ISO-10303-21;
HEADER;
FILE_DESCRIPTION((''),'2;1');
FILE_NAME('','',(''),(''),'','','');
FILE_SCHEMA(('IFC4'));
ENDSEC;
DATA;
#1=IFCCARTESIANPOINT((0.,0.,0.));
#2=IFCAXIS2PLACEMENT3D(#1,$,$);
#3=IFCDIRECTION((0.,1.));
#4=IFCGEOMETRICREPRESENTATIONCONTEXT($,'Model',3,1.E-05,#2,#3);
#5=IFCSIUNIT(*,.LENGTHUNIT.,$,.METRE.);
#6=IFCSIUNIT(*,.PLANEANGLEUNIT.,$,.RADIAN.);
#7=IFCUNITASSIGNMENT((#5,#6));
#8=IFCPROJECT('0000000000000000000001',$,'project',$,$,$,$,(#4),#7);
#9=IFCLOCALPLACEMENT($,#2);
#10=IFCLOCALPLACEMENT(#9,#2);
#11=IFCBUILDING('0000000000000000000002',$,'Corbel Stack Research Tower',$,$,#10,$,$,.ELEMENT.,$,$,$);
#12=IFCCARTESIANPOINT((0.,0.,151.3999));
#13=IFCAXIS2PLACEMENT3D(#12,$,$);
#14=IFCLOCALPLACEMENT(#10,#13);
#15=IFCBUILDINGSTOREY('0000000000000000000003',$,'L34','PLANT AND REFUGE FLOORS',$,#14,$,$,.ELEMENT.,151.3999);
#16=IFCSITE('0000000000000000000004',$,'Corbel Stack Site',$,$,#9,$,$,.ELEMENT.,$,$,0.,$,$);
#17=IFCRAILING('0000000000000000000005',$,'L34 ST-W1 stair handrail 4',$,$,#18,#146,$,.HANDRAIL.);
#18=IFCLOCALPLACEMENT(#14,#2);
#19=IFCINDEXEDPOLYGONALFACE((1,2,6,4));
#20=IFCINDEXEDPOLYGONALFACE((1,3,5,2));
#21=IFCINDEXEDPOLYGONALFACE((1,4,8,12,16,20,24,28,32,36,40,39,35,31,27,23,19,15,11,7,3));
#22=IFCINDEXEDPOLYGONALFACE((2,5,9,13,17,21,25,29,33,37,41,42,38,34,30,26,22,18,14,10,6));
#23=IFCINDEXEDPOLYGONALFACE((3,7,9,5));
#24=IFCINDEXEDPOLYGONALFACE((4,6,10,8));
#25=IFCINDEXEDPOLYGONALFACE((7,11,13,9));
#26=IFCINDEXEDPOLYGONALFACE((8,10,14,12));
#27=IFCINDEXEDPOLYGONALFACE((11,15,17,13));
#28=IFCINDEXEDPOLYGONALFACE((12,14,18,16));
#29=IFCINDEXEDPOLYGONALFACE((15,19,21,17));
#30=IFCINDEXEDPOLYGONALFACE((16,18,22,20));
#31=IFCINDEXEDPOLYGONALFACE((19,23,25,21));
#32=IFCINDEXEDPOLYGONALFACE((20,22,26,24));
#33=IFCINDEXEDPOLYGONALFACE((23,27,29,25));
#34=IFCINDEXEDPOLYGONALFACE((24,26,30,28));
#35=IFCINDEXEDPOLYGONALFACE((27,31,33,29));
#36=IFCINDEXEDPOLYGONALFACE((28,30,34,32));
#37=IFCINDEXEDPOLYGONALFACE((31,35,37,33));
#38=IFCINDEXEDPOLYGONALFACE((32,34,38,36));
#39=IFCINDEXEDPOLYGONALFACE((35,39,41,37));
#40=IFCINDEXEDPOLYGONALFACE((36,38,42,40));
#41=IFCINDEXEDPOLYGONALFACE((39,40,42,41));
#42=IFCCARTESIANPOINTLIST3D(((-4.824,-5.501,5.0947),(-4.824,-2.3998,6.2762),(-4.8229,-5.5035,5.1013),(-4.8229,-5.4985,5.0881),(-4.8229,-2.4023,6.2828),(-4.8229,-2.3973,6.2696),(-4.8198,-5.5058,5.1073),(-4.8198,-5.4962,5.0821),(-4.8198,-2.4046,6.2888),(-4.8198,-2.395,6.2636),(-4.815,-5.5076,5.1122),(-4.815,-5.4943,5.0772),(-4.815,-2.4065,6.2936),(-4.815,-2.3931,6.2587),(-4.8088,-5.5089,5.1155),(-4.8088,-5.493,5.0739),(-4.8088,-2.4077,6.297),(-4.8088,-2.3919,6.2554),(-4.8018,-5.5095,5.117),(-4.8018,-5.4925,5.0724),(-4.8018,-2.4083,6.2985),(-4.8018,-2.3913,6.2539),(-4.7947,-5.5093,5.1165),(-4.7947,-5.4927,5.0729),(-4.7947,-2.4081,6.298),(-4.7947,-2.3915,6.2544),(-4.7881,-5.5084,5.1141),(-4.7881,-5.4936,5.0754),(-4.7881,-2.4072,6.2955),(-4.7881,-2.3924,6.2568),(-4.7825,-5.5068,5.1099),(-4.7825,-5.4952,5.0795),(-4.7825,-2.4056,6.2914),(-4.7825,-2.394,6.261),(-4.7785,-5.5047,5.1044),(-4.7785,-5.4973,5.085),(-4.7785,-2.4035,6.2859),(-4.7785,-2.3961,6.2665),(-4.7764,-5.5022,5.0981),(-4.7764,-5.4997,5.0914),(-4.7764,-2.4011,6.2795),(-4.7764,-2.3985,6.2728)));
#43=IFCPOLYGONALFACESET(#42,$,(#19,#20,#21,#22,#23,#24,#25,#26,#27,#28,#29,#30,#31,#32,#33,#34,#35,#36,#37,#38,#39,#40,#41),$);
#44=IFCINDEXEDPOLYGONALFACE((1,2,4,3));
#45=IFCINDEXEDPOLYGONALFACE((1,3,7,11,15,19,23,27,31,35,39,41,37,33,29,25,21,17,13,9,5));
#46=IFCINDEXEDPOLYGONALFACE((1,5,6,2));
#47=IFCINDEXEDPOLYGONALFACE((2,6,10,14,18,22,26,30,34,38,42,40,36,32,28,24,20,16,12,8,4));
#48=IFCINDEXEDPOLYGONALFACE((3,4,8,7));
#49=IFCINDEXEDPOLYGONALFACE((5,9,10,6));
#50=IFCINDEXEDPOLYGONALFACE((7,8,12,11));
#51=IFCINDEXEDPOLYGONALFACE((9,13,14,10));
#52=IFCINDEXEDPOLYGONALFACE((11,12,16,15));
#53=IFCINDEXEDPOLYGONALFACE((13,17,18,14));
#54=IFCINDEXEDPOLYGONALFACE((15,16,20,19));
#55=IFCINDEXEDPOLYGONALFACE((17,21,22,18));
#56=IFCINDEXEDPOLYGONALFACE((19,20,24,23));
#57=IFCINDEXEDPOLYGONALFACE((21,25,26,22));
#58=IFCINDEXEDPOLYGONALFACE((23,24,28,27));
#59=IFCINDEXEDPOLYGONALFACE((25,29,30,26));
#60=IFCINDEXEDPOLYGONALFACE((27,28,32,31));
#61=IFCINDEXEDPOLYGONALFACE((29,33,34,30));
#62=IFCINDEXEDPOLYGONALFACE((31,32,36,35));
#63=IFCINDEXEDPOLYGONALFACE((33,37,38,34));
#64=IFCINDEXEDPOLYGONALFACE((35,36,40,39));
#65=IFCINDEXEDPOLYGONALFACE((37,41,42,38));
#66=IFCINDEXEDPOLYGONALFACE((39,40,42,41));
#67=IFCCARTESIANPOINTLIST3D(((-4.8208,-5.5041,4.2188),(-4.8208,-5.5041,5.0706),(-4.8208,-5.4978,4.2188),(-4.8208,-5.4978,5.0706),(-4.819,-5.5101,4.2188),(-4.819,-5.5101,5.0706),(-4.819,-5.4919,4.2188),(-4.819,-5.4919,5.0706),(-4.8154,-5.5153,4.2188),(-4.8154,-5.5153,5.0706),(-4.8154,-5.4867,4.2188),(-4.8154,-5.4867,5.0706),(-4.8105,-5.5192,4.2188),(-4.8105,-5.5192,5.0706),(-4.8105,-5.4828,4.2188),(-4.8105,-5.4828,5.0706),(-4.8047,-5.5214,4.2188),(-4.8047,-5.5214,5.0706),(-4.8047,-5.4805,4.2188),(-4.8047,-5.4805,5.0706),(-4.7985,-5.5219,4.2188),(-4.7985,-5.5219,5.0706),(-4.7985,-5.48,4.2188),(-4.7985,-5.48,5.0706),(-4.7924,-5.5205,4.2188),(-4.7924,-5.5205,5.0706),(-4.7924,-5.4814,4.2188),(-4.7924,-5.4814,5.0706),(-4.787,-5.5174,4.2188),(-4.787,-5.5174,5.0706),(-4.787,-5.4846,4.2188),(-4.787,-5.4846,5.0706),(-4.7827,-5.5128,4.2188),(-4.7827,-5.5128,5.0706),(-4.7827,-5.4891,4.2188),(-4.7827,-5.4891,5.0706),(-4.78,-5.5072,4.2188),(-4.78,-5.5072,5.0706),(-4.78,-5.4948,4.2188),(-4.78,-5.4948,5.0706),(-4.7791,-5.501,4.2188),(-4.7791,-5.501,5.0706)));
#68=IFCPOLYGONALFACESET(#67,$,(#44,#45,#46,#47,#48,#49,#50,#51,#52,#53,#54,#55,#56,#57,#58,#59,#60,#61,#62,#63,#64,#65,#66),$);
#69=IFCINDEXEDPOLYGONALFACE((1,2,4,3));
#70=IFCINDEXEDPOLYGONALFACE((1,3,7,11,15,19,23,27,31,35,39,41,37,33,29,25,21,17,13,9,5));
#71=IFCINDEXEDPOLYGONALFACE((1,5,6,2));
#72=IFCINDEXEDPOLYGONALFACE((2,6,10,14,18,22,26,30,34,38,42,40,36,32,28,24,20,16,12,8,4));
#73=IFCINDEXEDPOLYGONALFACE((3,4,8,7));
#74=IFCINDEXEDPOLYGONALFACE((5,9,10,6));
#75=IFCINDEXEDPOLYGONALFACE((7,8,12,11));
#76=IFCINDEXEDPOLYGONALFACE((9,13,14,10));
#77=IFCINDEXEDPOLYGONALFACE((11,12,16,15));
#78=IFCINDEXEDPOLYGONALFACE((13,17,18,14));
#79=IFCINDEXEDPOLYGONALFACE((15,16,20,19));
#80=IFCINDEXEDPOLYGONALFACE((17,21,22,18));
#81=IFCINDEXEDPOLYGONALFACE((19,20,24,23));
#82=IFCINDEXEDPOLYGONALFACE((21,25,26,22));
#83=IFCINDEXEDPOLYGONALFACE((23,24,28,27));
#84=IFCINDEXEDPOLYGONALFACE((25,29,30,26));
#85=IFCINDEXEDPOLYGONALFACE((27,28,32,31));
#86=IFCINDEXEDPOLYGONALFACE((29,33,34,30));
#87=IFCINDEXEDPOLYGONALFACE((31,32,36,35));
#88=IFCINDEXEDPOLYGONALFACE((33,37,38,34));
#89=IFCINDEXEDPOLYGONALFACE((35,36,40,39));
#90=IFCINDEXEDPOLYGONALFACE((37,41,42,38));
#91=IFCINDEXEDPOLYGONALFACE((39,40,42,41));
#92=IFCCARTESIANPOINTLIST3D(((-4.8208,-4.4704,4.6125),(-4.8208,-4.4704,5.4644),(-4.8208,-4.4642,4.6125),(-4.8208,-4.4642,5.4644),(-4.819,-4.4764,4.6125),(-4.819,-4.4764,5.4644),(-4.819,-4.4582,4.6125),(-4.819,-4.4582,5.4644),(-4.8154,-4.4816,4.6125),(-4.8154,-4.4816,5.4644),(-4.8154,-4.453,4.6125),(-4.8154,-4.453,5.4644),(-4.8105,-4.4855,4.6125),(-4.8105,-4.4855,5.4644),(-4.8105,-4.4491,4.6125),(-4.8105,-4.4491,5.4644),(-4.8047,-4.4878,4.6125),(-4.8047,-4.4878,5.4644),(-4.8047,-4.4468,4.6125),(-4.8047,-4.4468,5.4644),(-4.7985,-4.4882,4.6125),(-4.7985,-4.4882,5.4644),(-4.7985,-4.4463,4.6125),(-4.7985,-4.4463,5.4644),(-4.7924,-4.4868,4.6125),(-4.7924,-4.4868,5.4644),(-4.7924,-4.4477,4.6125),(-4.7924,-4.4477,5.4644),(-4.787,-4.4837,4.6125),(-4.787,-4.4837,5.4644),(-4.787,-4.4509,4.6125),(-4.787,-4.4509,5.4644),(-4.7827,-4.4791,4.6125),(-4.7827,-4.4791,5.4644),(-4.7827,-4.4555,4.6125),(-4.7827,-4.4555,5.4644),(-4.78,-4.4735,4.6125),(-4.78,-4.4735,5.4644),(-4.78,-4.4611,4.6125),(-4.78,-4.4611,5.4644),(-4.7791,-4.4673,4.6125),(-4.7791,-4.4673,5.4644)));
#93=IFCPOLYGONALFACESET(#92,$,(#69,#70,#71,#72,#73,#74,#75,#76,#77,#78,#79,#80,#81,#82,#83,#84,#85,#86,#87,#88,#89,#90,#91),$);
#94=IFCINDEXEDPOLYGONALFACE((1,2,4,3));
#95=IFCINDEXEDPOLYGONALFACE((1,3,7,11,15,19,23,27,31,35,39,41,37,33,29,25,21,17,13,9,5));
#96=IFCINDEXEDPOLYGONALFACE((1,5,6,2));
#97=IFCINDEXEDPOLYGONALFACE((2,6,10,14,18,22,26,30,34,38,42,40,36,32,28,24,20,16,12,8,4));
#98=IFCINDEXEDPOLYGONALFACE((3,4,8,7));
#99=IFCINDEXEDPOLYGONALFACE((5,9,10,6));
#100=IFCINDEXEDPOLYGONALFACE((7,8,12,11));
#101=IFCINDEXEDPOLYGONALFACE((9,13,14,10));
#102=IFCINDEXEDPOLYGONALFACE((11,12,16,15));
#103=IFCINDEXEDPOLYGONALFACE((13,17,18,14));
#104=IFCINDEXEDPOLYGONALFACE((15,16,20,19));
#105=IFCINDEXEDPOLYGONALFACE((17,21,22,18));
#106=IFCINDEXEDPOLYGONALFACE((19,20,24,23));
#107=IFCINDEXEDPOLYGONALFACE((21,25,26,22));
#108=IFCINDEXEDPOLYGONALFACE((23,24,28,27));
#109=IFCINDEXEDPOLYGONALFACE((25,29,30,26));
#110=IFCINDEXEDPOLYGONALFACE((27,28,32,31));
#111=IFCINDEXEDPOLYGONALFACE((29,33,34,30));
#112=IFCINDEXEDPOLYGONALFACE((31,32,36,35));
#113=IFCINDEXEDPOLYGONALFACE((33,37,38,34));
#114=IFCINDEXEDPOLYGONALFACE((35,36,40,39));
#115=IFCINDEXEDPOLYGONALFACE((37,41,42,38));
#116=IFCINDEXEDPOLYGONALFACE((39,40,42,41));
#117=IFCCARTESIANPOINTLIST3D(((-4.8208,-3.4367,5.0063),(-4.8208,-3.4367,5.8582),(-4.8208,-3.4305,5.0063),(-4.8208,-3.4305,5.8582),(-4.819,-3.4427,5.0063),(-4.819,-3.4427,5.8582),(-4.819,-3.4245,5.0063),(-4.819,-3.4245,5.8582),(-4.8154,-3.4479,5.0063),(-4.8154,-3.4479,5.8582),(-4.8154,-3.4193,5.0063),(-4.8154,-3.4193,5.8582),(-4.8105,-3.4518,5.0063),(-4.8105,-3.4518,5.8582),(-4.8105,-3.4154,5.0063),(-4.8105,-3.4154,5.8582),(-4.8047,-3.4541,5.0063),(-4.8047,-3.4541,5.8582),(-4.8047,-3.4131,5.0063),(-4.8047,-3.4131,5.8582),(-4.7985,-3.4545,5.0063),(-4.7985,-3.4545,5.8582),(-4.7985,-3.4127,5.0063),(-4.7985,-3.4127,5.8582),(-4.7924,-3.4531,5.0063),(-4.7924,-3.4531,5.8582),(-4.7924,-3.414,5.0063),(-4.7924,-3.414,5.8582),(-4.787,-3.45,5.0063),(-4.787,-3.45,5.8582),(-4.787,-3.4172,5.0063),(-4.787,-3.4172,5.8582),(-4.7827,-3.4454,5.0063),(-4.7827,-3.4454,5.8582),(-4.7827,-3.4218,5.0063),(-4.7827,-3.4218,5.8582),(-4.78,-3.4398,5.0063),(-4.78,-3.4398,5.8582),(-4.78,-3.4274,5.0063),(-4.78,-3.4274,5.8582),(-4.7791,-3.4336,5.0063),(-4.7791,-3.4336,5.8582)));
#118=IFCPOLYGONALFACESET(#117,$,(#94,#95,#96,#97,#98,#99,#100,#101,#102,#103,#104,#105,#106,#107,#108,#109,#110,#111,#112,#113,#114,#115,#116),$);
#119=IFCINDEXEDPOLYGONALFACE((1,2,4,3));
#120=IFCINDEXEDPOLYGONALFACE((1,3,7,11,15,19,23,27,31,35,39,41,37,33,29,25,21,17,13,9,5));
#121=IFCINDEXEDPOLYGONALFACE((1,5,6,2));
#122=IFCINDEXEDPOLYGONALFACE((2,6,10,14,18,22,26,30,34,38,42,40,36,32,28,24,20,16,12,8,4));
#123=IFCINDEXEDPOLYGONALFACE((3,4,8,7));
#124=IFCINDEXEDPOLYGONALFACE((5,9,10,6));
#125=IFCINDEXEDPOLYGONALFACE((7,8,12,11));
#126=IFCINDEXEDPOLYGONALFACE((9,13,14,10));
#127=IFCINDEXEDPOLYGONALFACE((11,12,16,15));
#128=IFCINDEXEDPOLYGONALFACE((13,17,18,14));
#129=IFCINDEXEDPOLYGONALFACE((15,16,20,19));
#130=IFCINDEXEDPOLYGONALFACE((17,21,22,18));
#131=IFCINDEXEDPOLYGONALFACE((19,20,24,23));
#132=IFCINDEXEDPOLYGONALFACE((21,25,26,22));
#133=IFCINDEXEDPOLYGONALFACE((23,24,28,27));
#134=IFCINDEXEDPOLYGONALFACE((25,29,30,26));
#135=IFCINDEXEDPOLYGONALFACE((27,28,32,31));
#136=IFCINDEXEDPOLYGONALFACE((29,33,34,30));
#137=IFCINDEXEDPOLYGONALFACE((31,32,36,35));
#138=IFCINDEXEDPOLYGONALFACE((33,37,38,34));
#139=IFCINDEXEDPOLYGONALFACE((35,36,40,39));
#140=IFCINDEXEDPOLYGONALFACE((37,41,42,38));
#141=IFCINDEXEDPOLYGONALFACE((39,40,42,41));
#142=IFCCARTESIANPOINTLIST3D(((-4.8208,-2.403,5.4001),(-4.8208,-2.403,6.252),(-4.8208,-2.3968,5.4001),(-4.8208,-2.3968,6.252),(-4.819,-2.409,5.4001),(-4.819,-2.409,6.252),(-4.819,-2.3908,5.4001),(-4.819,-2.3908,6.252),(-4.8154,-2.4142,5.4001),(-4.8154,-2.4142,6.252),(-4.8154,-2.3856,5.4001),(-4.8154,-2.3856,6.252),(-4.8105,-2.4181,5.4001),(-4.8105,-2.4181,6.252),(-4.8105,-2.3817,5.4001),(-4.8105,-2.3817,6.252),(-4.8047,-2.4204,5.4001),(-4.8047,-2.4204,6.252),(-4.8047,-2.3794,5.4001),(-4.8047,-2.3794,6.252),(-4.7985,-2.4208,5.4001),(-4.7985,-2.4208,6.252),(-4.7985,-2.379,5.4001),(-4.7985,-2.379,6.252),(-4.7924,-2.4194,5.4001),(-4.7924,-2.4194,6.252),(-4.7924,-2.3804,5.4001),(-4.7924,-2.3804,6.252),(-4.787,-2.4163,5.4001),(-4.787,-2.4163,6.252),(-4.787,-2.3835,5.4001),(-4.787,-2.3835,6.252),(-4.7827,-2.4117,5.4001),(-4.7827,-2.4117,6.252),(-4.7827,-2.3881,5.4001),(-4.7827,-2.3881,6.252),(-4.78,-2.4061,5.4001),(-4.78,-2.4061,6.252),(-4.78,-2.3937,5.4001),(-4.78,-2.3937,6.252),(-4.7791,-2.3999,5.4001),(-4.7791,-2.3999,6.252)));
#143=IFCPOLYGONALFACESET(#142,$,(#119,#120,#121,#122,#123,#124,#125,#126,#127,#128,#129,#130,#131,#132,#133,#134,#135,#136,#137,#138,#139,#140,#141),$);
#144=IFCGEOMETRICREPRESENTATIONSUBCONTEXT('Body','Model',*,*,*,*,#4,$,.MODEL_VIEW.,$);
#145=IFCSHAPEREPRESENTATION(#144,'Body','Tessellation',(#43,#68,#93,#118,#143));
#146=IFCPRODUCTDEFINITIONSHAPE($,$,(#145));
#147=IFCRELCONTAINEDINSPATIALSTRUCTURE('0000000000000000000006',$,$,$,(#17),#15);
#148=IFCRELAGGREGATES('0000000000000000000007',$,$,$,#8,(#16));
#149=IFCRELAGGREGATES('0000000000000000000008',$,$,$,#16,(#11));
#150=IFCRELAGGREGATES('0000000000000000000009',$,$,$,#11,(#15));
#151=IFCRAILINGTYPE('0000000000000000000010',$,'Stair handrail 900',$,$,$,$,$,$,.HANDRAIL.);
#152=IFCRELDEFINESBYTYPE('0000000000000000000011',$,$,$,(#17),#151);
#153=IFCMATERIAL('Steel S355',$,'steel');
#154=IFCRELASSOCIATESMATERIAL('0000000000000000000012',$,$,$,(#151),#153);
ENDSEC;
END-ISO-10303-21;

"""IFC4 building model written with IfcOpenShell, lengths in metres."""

from ifc_helpers import new_model, si_unit, direction, frame, origin, origin_2d, place, context, subcontext, project, spatial, circle, extrude, material, type_object, element, save


model = new_model("IFC4")

# Units and contexts
model_context = context("Model", 3, precision=1e-05, world=origin(), true_north=direction((0.0, 1.0)))
body_context = subcontext(model_context, "Body", "Model", "MODEL_VIEW")
ifc_project = project(units=[si_unit("LENGTHUNIT", "METRE"), si_unit("PLANEANGLEUNIT", "RADIAN")], contexts=[model_context])

# Site, building, storey
site_placement = place(None, origin())
site = spatial("IfcSite", under=ifc_project, at=site_placement, Name="Corbel Stack Site", CompositionType="ELEMENT", RefElevation=0.0)
building_placement = place(site_placement, origin())
building = spatial("IfcBuilding", under=site, at=building_placement, Name="Corbel Stack Research Tower", CompositionType="ELEMENT")
storey_placement = place(building_placement, frame((0.0, 0.0, 151.3999)))
storey = spatial("IfcBuildingStorey", under=building, at=storey_placement, Name="L34", Description="PLANT AND REFUGE FLOORS", CompositionType="ELEMENT", Elevation=151.3999)

# Railing
ifc_material_1 = material(Name="Steel S355", Category="steel")
railing_type_1 = type_object("IfcRailingType", Name="Stair handrail 900", PredefinedType="HANDRAIL", material=ifc_material_1)
for number, where, name in (
    (1, (-4.8, -5.501, 4.2188), "L34 ST-W1 stair handrail 4"),
):
    element("IfcRailing", number, at=place(storey_placement, frame(where)), inside=storey, type_object=railing_type_1, Name=name, PredefinedType="HANDRAIL", context=body_context, shape_type="SweptSolid", body=[
        extrude(circle(Radius=0.0239, at=origin_2d()), frame((0.0, 0.0, 0.876), z_axis=(0.0, 0.934484, 0.356005), x_axis=(-1.0, 0.0, 0.0)), (0.0, 0.0, 1.0), 3.3186),
        extrude(circle(Radius=0.021, at=origin_2d()), origin(), (0.0, 0.0, 1.0), 0.8518),
        extrude(circle(Radius=0.021, at=origin_2d()), frame((0.0, 1.0337, 0.3938)), (0.0, 0.0, 1.0), 0.8518),
        extrude(circle(Radius=0.021, at=origin_2d()), frame((0.0, 2.0674, 0.7876)), (0.0, 0.0, 1.0), 0.8518),
        extrude(circle(Radius=0.021, at=origin_2d()), frame((0.0, 3.1011, 1.1814)), (0.0, 0.0, 1.0), 0.8518),
    ])

save(model, "model.ifc")
